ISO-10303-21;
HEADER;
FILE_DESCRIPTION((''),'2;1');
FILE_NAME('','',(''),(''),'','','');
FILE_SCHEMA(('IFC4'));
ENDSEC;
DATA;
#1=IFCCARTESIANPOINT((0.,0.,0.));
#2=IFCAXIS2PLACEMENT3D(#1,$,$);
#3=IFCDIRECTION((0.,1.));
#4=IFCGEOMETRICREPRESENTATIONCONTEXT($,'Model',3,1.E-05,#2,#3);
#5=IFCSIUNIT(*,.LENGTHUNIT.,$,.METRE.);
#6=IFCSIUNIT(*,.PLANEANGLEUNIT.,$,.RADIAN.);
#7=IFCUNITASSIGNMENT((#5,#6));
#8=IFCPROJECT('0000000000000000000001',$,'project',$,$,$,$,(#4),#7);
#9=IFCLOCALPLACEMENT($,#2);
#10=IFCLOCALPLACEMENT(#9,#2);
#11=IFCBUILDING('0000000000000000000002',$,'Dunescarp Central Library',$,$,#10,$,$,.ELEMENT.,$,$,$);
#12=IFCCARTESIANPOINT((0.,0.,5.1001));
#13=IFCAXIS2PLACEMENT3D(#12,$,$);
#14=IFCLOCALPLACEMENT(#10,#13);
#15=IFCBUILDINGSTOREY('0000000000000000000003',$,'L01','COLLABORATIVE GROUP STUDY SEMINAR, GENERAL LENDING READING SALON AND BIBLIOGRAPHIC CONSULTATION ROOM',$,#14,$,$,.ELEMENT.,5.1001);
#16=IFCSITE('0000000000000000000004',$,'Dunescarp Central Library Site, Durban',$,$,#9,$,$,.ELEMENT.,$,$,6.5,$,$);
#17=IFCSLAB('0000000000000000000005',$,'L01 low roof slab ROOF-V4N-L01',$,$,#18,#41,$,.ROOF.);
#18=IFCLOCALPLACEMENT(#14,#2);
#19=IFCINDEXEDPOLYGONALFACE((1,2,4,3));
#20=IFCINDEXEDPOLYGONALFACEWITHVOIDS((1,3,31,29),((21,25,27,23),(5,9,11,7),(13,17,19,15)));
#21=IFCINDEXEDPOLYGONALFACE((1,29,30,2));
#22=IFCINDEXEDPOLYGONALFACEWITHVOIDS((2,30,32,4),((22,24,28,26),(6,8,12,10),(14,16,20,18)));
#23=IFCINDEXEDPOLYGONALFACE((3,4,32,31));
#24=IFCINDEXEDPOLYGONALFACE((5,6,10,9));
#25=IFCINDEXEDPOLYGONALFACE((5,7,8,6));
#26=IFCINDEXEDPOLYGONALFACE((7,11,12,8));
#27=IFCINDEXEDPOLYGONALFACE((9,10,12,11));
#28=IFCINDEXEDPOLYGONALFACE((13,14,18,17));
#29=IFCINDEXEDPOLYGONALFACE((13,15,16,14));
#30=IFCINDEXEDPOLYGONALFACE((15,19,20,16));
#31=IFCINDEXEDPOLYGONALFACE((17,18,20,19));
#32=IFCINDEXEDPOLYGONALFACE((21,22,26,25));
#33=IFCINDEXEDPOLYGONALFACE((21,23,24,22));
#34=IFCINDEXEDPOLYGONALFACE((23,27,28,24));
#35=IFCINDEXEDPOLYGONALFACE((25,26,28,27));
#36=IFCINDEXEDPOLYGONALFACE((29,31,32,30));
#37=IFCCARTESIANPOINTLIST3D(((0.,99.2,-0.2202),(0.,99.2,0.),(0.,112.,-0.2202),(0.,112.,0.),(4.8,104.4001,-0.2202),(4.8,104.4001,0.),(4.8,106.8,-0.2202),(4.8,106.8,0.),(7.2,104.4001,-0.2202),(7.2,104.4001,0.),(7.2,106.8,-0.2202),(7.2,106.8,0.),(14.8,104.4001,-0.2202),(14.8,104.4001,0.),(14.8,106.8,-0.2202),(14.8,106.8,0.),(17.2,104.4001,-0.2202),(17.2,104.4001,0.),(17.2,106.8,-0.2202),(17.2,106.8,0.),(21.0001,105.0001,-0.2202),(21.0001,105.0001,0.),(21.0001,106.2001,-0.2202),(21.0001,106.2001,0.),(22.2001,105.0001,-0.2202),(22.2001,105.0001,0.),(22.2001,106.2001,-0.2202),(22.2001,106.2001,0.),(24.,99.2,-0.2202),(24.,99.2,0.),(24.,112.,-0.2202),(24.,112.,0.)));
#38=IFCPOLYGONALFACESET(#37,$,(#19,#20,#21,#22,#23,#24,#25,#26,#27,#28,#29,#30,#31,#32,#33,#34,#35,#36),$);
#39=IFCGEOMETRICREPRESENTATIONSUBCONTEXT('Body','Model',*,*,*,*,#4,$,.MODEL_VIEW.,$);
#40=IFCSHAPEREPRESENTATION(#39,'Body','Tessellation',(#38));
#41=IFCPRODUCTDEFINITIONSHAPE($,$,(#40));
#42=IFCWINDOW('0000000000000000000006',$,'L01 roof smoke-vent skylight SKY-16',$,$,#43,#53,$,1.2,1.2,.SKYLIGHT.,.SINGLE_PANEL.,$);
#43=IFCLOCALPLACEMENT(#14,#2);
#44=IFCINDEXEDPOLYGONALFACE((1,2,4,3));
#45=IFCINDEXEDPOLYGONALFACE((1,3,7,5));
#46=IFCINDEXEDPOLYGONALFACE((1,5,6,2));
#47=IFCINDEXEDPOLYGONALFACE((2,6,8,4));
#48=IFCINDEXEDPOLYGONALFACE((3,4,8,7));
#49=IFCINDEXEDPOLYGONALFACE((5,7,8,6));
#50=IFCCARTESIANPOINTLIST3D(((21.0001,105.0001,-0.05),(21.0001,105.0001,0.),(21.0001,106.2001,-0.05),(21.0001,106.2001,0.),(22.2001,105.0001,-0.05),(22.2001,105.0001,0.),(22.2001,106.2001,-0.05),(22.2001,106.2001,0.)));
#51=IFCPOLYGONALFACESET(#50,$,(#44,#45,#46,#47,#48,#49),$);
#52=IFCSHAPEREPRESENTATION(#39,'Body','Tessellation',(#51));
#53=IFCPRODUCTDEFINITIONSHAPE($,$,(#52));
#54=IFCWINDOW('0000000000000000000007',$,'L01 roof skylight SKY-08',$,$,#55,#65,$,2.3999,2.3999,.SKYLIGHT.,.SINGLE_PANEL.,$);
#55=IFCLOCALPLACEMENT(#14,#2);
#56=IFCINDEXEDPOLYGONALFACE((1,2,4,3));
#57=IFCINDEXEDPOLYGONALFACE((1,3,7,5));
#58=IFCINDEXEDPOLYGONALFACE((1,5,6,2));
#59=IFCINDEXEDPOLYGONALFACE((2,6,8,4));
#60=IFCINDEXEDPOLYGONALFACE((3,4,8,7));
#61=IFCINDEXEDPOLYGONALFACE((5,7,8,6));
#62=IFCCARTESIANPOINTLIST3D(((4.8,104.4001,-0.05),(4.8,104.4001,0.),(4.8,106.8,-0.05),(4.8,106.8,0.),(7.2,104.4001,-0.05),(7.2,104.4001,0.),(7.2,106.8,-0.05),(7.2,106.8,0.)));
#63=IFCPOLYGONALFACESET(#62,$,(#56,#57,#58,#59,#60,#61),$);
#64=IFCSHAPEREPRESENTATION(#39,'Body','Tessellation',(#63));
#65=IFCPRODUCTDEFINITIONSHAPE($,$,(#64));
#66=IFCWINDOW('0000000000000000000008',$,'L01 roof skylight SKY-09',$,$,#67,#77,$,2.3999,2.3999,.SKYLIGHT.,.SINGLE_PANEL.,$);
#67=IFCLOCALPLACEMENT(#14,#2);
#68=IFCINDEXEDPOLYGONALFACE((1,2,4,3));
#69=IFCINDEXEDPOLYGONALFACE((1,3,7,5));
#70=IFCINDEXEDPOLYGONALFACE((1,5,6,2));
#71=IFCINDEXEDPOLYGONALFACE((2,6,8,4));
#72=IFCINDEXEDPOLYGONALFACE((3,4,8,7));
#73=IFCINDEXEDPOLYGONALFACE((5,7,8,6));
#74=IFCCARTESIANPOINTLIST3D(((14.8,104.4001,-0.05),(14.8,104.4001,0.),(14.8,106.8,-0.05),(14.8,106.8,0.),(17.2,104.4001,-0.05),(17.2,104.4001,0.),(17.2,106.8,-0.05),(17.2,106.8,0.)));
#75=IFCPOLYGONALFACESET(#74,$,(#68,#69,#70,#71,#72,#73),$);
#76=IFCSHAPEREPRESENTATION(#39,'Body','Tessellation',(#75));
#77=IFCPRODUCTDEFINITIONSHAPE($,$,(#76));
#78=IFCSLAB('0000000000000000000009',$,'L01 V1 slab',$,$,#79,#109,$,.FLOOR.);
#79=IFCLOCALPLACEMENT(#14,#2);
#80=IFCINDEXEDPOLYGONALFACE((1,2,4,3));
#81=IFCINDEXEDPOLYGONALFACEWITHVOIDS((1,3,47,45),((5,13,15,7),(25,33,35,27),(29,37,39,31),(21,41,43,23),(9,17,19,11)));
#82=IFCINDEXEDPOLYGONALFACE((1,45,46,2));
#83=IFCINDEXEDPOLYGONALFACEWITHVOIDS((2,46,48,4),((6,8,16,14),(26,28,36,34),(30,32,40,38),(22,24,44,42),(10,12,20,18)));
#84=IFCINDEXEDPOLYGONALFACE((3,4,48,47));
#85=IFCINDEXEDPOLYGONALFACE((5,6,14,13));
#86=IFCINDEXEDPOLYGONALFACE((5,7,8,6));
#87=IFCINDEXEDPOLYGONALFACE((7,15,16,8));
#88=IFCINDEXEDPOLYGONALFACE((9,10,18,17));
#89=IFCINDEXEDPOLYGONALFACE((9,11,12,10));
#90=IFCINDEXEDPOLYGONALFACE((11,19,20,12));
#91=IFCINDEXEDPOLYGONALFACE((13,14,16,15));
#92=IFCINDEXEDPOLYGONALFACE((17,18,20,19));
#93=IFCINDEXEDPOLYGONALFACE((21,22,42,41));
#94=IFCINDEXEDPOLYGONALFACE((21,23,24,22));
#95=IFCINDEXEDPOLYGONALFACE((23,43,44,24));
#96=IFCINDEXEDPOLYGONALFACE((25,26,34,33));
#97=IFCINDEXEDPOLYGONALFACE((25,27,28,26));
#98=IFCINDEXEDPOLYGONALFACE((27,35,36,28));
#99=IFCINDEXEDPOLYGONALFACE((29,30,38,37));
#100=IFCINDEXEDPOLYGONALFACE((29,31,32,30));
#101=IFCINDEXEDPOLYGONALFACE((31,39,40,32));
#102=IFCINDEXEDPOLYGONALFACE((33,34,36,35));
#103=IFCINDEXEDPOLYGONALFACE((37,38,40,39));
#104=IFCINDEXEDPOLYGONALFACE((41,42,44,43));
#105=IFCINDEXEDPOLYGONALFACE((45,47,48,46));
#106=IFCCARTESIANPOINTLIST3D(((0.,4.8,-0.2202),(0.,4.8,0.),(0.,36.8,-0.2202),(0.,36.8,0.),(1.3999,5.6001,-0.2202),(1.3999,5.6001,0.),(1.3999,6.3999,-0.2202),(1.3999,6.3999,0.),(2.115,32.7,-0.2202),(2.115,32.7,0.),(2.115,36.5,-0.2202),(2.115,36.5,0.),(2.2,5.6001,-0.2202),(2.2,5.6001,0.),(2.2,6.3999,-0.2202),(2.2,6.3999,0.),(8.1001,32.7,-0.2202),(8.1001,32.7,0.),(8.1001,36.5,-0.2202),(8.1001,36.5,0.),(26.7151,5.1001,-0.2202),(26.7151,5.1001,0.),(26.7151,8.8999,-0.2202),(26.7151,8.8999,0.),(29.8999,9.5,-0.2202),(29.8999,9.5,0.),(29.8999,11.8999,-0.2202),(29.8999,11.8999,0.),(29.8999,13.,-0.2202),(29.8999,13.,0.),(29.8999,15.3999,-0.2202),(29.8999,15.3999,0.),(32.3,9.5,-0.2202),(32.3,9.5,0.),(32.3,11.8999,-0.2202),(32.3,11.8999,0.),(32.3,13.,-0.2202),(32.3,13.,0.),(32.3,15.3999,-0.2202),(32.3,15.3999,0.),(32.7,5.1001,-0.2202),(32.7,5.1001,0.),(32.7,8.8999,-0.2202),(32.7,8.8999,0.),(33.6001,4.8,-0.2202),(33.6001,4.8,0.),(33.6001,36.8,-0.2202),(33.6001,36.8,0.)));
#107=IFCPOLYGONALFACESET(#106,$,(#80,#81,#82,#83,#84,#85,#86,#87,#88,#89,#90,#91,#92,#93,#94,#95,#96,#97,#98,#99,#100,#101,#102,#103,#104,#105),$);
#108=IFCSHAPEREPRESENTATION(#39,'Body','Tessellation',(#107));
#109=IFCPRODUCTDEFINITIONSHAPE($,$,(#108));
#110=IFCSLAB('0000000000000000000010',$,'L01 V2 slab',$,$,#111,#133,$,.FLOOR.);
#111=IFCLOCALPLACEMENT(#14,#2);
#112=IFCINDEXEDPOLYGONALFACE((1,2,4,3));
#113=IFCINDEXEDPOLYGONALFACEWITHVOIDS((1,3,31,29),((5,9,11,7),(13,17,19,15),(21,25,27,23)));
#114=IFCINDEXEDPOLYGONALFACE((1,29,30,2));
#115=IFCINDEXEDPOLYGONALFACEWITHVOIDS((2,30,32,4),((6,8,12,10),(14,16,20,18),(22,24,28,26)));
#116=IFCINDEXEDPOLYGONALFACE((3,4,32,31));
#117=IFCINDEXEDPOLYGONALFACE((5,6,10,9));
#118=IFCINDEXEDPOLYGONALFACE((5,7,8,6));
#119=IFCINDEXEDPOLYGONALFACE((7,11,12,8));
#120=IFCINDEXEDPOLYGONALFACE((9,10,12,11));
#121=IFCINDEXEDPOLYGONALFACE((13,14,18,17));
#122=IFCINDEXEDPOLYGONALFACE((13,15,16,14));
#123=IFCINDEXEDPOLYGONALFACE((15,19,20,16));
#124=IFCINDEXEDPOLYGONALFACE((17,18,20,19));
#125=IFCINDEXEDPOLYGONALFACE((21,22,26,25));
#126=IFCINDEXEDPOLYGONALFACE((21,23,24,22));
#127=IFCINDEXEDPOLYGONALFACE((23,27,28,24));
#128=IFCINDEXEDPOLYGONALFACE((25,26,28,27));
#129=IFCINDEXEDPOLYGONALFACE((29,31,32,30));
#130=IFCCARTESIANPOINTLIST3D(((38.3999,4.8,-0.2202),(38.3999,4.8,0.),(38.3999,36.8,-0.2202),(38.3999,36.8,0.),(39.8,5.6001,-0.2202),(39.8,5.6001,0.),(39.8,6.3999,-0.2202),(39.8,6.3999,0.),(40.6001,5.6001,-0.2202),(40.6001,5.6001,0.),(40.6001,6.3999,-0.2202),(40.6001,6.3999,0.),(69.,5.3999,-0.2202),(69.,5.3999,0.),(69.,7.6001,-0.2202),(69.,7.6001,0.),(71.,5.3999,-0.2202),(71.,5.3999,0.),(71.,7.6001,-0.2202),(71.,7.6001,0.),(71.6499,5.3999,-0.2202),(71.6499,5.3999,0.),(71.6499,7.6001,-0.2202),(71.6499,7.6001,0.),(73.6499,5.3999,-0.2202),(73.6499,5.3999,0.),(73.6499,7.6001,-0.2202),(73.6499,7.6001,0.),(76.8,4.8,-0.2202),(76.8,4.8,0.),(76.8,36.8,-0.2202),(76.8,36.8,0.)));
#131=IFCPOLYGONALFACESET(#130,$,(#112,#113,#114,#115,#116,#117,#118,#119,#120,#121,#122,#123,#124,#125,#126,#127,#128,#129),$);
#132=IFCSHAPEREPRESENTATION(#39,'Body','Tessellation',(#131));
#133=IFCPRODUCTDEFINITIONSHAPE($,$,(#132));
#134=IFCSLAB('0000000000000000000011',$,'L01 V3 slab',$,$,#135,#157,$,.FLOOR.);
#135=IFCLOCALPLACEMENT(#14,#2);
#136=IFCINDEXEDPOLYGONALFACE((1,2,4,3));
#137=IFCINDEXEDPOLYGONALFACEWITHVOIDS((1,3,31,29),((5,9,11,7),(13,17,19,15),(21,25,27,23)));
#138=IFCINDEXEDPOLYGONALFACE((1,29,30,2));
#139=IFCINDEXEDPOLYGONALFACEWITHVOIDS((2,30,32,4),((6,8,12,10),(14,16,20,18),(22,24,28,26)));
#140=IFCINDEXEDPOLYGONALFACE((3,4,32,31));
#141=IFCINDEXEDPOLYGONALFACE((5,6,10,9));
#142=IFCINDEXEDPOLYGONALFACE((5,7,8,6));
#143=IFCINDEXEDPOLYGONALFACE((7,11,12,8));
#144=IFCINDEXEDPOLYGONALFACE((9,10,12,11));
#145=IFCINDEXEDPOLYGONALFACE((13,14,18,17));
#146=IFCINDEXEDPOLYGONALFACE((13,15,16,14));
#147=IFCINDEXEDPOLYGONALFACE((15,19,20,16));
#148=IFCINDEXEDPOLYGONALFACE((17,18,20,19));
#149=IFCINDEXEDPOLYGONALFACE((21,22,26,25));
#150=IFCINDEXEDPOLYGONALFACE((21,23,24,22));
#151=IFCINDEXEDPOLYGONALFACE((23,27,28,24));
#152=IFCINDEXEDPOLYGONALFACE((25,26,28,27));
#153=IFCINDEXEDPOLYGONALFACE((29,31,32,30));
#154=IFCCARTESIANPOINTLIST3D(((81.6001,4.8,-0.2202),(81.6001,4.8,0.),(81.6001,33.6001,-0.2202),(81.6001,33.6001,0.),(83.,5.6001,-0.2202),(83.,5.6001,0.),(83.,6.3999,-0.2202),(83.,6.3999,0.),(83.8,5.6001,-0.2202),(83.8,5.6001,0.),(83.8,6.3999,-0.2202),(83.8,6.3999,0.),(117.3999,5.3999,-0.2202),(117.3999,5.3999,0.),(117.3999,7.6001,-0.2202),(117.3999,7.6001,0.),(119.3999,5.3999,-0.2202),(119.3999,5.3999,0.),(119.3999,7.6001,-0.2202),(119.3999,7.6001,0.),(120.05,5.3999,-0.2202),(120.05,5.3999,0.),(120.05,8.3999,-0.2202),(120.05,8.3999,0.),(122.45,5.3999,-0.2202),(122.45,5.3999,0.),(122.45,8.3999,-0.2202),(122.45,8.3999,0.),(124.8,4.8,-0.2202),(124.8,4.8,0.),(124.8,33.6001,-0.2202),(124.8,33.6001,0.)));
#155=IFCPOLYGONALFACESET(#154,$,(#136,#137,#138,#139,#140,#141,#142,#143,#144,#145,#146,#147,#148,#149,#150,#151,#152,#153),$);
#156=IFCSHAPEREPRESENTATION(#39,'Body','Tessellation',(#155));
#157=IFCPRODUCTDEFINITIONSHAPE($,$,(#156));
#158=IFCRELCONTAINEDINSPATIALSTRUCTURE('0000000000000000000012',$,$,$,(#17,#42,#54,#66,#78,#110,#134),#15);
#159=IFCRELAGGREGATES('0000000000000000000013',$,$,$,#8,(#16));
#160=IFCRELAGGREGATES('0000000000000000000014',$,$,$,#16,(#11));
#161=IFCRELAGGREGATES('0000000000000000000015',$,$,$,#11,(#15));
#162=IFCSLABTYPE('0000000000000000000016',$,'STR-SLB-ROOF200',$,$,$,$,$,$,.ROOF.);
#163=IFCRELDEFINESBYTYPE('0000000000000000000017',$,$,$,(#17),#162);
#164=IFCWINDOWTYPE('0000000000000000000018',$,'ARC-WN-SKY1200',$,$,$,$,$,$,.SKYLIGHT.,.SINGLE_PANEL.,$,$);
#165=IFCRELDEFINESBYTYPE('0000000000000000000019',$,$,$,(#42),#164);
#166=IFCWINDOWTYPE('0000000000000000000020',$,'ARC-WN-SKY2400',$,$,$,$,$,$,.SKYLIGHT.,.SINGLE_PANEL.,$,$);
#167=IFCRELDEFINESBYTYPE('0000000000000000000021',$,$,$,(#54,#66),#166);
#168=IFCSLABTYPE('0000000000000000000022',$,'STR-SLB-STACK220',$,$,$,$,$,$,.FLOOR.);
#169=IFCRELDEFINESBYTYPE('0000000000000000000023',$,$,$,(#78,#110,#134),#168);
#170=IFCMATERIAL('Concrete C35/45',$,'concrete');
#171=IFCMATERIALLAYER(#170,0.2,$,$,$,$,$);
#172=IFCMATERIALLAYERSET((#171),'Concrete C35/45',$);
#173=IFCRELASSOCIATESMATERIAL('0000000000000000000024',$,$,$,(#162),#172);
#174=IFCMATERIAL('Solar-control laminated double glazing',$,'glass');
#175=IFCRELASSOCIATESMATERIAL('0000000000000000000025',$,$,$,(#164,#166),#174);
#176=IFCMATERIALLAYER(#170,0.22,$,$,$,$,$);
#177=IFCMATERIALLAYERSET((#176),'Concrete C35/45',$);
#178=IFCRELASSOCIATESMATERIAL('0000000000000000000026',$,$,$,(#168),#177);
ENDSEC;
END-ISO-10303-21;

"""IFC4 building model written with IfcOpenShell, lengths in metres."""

from ifc_helpers import new_model, si_unit, direction, frame, origin, origin_2d, place, context, subcontext, project, spatial, polyline, rectangle, outline, extrude, material, layer, layer_set, type_object, element, fill, save


model = new_model("IFC4")

# Units and contexts
model_context = context("Model", 3, precision=1e-05, world=origin(), true_north=direction((0.0, 1.0)))
body_context = subcontext(model_context, "Body", "Model", "MODEL_VIEW")
ifc_project = project(units=[si_unit("LENGTHUNIT", "METRE"), si_unit("PLANEANGLEUNIT", "RADIAN")], contexts=[model_context])

# Site, building, storey
site_placement = place(None, origin())
site = spatial("IfcSite", under=ifc_project, at=site_placement, Name="Dunescarp Central Library Site, Durban", CompositionType="ELEMENT", RefElevation=6.5)
building_placement = place(site_placement, origin())
building = spatial("IfcBuilding", under=site, at=building_placement, Name="Dunescarp Central Library", CompositionType="ELEMENT")
storey_placement = place(building_placement, frame((0.0, 0.0, 5.1001)))
storey = spatial("IfcBuildingStorey", under=building, at=storey_placement, Name="L01", Description="COLLABORATIVE GROUP STUDY SEMINAR, GENERAL LENDING READING SALON AND BIBLIOGRAPHIC CONSULTATION ROOM", CompositionType="ELEMENT", Elevation=5.1001)

# Shared definitions
ifc_material_1 = material(Name="Concrete C35/45", Category="concrete")

# Shared definitions
ifc_layer_1 = layer(ifc_material_1, 0.2)
ifc_layer_set_1 = layer_set([ifc_layer_1], Name="Concrete C35/45")
slab_type_1 = type_object("IfcSlabType", Name="STR-SLB-ROOF200", PredefinedType="ROOF", material=ifc_layer_set_1)

# Slab, openings, windows
slab_1_placement = place(storey_placement, frame((0.0, 0.0, -0.2202)))
slab_1 = element("IfcSlab", 1, at=slab_1_placement, inside=storey, type_object=slab_type_1, Name="L01 low roof slab ROOF-V4N-L01", PredefinedType="ROOF", context=body_context, shape_type="SweptSolid", body=[
    extrude(outline(polyline([(0.0, 99.2), (24.0, 99.2), (24.0, 112.0), (0.0, 112.0), (0.0, 99.2)])), origin(), (0.0, 0.0, 1.0), 0.2202),
])
opening_1_placement = place(slab_1_placement, frame((6.0, 105.6001, -0.01)))
opening_1 = element("IfcOpeningElement", 2, at=opening_1_placement, cuts=slab_1, PredefinedType="OPENING", context=body_context, shape_type="SweptSolid", body=[
    extrude(rectangle(XDim=2.3999, YDim=2.3999, at=origin_2d()), origin(), (0.0, 0.0, 1.0), 0.2402),
])
opening_2_placement = place(slab_1_placement, frame((16.0, 105.6001, -0.01)))
opening_2 = element("IfcOpeningElement", 3, at=opening_2_placement, cuts=slab_1, PredefinedType="OPENING", context=body_context, shape_type="SweptSolid", body=[
    extrude(rectangle(XDim=2.3999, YDim=2.3999, at=origin_2d()), origin(), (0.0, 0.0, 1.0), 0.2402),
])
opening_3_placement = place(slab_1_placement, frame((21.6001, 105.6001, -0.01)))
opening_3 = element("IfcOpeningElement", 4, at=opening_3_placement, cuts=slab_1, PredefinedType="OPENING", context=body_context, shape_type="SweptSolid", body=[
    extrude(rectangle(XDim=1.2, YDim=1.2, at=origin_2d()), origin(), (0.0, 0.0, 1.0), 0.2402),
])
ifc_material_2 = material(Name="Solar-control laminated double glazing", Category="glass")
window_type_1 = type_object("IfcWindowType", Name="ARC-WN-SKY1200", PartitioningType="SINGLE_PANEL", PredefinedType="SKYLIGHT", material=ifc_material_2)
window_1_placement = place(slab_1_placement, frame((21.6001, 105.6001, 0.1702)))
window_1 = element("IfcWindow", 5, at=window_1_placement, inside=storey, type_object=window_type_1, Name="L01 roof smoke-vent skylight SKY-16", OverallHeight=1.2, OverallWidth=1.2, PartitioningType="SINGLE_PANEL", PredefinedType="SKYLIGHT", context=body_context, shape_type="SweptSolid", body=[
    extrude(rectangle(XDim=1.2, YDim=1.2, at=origin_2d()), origin(), (0.0, 0.0, 1.0), 0.05),
])
fill(opening_3, window_1)
window_type_2 = type_object("IfcWindowType", Name="ARC-WN-SKY2400", PartitioningType="SINGLE_PANEL", PredefinedType="SKYLIGHT", material=ifc_material_2)
window_2_placement = place(slab_1_placement, frame((6.0, 105.6001, 0.1702)))
window_2 = element("IfcWindow", 6, at=window_2_placement, inside=storey, type_object=window_type_2, Name="L01 roof skylight SKY-08", OverallHeight=2.3999, OverallWidth=2.3999, PartitioningType="SINGLE_PANEL", PredefinedType="SKYLIGHT", context=body_context, shape_type="SweptSolid", body=[
    extrude(rectangle(XDim=2.3999, YDim=2.3999, at=origin_2d()), origin(), (0.0, 0.0, 1.0), 0.05),
])
fill(opening_1, window_2)
window_3_placement = place(slab_1_placement, frame((16.0, 105.6001, 0.1702)))
window_3 = element("IfcWindow", 7, at=window_3_placement, inside=storey, type_object=window_type_2, Name="L01 roof skylight SKY-09", OverallHeight=2.3999, OverallWidth=2.3999, PartitioningType="SINGLE_PANEL", PredefinedType="SKYLIGHT", context=body_context, shape_type="SweptSolid", body=[
    extrude(rectangle(XDim=2.3999, YDim=2.3999, at=origin_2d()), origin(), (0.0, 0.0, 1.0), 0.05),
])
fill(opening_2, window_3)

# Slabs
ifc_layer_2 = layer(ifc_material_1, 0.22)
ifc_layer_set_2 = layer_set([ifc_layer_2], Name="Concrete C35/45")
slab_type_2 = type_object("IfcSlabType", Name="STR-SLB-STACK220", PredefinedType="FLOOR", material=ifc_layer_set_2)
slab_2_placement = place(storey_placement, frame((0.0, 0.0, -0.2202)))
element("IfcSlab", 8, at=slab_2_placement, inside=storey, type_object=slab_type_2, Name="L01 V1 slab", PredefinedType="FLOOR", context=body_context, shape_type="SweptSolid", body=[
    extrude(outline(polyline([(0.0, 4.8), (33.6001, 4.8), (33.6001, 36.8), (0.0, 36.8), (0.0, 4.8)]), holes=[polyline([(26.7151, 5.1001), (32.7, 5.1001), (32.7, 8.8999), (26.7151, 8.8999), (26.7151, 5.1001)]), polyline([(2.115, 32.7), (8.1001, 32.7), (8.1001, 36.5), (2.115, 36.5), (2.115, 32.7)]), polyline([(29.8999, 9.5), (32.3, 9.5), (32.3, 11.8999), (29.8999, 11.8999), (29.8999, 9.5)]), polyline([(29.8999, 13.0), (32.3, 13.0), (32.3, 15.3999), (29.8999, 15.3999), (29.8999, 13.0)]), polyline([(1.3999, 5.6001), (2.2, 5.6001), (2.2, 6.3999), (1.3999, 6.3999), (1.3999, 5.6001)])]), origin(), (0.0, 0.0, 1.0), 0.2202),
])
slab_3_placement = place(storey_placement, frame((0.0, 0.0, -0.2202)))
element("IfcSlab", 9, at=slab_3_placement, inside=storey, type_object=slab_type_2, Name="L01 V2 slab", PredefinedType="FLOOR", context=body_context, shape_type="SweptSolid", body=[
    extrude(outline(polyline([(38.3999, 4.8), (76.8, 4.8), (76.8, 36.8), (38.3999, 36.8), (38.3999, 4.8)]), holes=[polyline([(69.0, 5.3999), (71.0, 5.3999), (71.0, 7.6001), (69.0, 7.6001), (69.0, 5.3999)]), polyline([(71.6499, 5.3999), (73.6499, 5.3999), (73.6499, 7.6001), (71.6499, 7.6001), (71.6499, 5.3999)]), polyline([(39.8, 5.6001), (40.6001, 5.6001), (40.6001, 6.3999), (39.8, 6.3999), (39.8, 5.6001)])]), origin(), (0.0, 0.0, 1.0), 0.2202),
])
slab_4_placement = place(storey_placement, frame((0.0, 0.0, -0.2202)))
element("IfcSlab", 10, at=slab_4_placement, inside=storey, type_object=slab_type_2, Name="L01 V3 slab", PredefinedType="FLOOR", context=body_context, shape_type="SweptSolid", body=[
    extrude(outline(polyline([(81.6001, 4.8), (124.8, 4.8), (124.8, 33.6001), (81.6001, 33.6001), (81.6001, 4.8)]), holes=[polyline([(117.3999, 5.3999), (119.3999, 5.3999), (119.3999, 7.6001), (117.3999, 7.6001), (117.3999, 5.3999)]), polyline([(120.05, 5.3999), (122.45, 5.3999), (122.45, 8.3999), (120.05, 8.3999), (120.05, 5.3999)]), polyline([(83.0, 5.6001), (83.8, 5.6001), (83.8, 6.3999), (83.0, 6.3999), (83.0, 5.6001)])]), origin(), (0.0, 0.0, 1.0), 0.2202),
])

save(model, "model.ifc")
